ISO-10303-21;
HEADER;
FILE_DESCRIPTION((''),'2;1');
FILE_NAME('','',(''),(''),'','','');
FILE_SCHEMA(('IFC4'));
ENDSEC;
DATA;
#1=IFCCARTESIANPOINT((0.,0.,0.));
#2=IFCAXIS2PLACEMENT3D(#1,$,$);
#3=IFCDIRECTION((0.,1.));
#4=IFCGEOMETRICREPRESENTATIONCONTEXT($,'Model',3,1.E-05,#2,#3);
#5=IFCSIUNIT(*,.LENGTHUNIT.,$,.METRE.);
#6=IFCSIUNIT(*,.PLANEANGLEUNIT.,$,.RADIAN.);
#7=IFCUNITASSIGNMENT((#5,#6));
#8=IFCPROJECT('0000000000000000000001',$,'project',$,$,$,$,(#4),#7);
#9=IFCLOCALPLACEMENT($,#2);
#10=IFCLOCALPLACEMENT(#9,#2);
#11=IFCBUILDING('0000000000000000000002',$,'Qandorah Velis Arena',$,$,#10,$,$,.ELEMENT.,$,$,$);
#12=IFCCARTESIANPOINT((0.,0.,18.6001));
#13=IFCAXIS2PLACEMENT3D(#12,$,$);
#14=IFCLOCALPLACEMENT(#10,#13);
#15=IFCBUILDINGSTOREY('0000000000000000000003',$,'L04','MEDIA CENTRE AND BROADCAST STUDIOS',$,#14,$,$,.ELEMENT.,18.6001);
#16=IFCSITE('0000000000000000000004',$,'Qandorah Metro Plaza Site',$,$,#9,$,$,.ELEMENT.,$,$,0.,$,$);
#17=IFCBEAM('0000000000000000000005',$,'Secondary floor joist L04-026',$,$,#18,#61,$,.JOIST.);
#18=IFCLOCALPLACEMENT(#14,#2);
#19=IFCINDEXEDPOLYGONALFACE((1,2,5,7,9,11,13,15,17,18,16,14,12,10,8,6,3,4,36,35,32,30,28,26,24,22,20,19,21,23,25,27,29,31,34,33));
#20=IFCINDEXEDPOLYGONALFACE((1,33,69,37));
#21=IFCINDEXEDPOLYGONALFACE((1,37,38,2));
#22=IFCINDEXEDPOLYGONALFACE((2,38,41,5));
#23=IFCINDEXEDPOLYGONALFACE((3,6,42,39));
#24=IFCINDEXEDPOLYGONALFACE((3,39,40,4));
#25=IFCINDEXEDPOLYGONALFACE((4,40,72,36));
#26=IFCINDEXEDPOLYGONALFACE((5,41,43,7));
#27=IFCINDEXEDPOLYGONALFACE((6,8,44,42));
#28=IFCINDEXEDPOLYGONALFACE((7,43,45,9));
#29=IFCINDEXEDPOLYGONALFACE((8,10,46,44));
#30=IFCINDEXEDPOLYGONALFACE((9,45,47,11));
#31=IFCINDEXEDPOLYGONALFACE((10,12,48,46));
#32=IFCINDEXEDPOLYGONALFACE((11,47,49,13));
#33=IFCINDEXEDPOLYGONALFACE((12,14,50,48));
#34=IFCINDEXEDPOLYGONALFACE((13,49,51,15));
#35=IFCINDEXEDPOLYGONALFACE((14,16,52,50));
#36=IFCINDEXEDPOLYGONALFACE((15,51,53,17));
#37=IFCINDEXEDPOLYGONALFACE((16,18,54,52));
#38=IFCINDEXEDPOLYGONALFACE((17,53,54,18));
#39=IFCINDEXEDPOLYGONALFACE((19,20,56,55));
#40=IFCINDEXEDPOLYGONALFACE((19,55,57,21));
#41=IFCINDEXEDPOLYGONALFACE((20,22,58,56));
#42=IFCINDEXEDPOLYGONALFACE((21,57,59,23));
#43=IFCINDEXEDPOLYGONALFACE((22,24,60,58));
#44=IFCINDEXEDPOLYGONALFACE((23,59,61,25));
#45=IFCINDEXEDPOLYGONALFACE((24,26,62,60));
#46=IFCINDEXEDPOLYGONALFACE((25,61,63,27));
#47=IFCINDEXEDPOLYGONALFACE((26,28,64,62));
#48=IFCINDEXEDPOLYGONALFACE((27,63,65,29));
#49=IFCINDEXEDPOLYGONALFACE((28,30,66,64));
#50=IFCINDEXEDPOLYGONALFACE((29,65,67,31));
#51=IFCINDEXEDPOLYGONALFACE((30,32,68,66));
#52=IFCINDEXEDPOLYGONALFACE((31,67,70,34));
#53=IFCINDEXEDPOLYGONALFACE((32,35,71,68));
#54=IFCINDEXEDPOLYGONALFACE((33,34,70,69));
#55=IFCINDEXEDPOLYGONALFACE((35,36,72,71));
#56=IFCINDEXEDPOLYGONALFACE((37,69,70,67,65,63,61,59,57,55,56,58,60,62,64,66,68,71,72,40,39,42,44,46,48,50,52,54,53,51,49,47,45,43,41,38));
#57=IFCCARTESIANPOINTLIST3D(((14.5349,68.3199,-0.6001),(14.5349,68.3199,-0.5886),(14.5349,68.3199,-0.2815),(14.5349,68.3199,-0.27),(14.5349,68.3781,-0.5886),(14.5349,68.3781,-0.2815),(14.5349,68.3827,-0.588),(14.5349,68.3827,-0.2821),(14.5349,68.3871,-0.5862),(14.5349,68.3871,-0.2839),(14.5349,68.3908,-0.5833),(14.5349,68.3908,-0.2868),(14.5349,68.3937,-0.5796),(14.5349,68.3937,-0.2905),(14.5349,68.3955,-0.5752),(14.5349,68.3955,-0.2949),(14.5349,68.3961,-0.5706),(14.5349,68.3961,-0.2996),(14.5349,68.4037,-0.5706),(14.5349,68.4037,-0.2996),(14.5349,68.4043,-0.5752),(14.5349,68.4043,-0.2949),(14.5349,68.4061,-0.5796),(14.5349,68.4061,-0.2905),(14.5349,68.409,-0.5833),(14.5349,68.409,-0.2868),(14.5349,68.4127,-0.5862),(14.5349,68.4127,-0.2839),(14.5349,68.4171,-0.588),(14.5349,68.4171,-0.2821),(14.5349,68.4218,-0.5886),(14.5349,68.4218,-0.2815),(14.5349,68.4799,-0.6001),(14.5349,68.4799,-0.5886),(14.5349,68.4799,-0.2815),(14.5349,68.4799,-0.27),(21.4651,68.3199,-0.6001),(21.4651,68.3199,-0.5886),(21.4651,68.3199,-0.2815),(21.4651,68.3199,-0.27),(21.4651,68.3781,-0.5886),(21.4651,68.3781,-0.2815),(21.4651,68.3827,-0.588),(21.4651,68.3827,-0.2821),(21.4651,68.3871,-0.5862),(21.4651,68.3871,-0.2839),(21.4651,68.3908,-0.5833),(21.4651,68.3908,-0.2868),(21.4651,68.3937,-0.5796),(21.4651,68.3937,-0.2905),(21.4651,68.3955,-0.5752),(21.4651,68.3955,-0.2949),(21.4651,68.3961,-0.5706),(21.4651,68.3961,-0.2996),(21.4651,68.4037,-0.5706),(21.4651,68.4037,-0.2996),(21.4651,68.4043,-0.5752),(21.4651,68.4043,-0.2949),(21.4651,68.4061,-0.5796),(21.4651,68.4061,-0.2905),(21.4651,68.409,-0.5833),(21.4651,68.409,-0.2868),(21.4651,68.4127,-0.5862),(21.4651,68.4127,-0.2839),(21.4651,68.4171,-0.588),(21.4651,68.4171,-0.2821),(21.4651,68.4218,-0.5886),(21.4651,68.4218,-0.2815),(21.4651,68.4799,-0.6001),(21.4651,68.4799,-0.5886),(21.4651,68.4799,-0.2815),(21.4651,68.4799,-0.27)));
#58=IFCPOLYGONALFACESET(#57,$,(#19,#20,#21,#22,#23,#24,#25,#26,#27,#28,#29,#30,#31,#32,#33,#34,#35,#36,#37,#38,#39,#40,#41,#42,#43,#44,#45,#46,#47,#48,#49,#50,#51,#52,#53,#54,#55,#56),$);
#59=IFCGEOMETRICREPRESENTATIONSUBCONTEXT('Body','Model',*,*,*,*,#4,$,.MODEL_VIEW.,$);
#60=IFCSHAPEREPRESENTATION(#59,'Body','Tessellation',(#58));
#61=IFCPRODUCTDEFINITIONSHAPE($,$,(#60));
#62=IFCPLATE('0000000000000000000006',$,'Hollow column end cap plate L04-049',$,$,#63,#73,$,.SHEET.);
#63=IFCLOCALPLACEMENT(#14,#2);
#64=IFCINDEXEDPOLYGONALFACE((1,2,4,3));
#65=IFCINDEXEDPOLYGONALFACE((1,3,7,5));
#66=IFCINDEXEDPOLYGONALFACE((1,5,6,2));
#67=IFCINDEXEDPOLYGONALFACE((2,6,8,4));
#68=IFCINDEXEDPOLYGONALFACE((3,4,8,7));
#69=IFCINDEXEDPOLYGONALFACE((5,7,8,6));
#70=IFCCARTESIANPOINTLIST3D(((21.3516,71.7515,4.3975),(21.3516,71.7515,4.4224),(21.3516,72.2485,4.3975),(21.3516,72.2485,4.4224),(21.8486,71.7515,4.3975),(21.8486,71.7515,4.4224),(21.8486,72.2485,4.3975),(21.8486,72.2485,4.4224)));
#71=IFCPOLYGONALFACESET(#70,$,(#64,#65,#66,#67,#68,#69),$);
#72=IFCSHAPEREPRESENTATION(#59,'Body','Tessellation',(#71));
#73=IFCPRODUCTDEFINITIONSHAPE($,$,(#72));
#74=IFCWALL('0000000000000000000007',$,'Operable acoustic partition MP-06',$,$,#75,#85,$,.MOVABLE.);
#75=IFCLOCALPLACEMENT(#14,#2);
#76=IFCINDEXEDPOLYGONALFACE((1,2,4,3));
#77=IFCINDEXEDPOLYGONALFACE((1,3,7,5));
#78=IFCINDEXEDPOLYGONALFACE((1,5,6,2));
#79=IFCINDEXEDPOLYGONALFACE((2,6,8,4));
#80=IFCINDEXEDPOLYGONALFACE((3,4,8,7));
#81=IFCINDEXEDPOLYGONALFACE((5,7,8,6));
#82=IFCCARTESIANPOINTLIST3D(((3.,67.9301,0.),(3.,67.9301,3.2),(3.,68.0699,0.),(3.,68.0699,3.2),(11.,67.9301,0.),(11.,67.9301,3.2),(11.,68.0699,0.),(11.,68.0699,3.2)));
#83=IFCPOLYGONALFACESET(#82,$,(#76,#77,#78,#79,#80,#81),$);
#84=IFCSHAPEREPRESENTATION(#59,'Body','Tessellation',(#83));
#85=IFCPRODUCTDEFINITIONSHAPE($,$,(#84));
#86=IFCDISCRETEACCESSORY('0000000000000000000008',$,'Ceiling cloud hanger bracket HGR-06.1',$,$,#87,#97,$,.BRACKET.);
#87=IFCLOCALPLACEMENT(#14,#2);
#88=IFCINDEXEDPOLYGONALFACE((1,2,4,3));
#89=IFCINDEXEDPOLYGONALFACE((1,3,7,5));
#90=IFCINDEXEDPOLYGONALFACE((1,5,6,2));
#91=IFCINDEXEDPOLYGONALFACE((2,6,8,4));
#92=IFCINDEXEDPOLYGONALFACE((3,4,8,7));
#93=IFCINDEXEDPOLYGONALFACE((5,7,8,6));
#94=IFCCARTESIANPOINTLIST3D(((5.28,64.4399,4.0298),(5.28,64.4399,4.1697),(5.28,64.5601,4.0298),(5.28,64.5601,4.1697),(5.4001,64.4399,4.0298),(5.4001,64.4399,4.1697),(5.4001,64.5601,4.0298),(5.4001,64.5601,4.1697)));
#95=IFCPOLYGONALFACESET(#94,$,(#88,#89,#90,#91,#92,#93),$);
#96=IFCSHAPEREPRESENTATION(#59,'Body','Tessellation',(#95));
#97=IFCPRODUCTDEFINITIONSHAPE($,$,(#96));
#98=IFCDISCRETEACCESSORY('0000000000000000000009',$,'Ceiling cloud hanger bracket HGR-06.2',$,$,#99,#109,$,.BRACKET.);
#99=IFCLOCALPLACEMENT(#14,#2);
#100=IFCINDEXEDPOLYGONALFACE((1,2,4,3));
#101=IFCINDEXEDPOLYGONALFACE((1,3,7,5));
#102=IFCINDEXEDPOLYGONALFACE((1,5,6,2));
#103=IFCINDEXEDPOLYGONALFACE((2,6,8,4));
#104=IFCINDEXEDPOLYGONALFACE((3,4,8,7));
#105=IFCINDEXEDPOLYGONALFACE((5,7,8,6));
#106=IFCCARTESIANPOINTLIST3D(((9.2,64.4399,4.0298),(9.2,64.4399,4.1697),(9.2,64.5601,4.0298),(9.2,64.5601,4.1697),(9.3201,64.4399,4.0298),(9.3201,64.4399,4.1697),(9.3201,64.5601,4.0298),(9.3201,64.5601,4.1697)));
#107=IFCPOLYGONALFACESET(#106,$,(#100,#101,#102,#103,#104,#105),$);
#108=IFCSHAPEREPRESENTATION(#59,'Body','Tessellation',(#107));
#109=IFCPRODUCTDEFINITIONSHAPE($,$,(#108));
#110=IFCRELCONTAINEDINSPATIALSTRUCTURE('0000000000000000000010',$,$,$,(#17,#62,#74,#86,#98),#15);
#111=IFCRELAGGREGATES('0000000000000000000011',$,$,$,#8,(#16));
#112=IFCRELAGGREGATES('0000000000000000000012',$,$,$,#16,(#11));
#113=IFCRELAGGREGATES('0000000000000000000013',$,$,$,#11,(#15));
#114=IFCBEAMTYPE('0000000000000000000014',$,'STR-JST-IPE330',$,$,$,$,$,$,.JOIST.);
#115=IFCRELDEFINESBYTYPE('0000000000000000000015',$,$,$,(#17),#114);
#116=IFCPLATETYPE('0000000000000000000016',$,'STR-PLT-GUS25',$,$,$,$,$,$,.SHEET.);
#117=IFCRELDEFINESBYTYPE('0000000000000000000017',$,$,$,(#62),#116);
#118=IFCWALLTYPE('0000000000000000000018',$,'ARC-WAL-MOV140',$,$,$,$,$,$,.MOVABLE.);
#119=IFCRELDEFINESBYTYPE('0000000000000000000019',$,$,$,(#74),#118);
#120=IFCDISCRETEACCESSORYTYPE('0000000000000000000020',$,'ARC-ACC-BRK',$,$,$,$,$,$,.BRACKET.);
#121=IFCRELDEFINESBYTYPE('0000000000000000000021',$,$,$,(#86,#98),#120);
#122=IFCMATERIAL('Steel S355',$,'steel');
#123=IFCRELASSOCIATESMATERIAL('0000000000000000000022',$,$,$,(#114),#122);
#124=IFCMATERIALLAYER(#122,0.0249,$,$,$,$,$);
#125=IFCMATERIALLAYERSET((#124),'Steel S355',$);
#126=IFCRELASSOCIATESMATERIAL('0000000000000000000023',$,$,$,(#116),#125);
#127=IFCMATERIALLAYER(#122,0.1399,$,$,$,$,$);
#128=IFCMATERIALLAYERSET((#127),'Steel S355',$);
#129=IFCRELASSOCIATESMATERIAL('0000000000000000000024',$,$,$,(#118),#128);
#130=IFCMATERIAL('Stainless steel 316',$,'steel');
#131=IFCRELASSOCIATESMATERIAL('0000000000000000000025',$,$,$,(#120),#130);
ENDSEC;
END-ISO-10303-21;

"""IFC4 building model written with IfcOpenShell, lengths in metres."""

from ifc_helpers import new_model, si_unit, direction, frame, frame_2d, origin, origin_2d, place, context, subcontext, project, spatial, rectangle, i_section, extrude, material, layer, layer_set, material_profile, profile_set, type_object, element, save


model = new_model("IFC4")

# Units and contexts
model_context = context("Model", 3, precision=1e-05, world=origin(), true_north=direction((0.0, 1.0)))
body_context = subcontext(model_context, "Body", "Model", "MODEL_VIEW")
ifc_project = project(units=[si_unit("LENGTHUNIT", "METRE"), si_unit("PLANEANGLEUNIT", "RADIAN")], contexts=[model_context])

# Site, building, storey
site_placement = place(None, origin())
site = spatial("IfcSite", under=ifc_project, at=site_placement, Name="Qandorah Metro Plaza Site", CompositionType="ELEMENT", RefElevation=0.0)
building_placement = place(site_placement, origin())
building = spatial("IfcBuilding", under=site, at=building_placement, Name="Qandorah Velis Arena", CompositionType="ELEMENT")
storey_placement = place(building_placement, frame((0.0, 0.0, 18.6001)))
storey = spatial("IfcBuildingStorey", under=building, at=storey_placement, Name="L04", Description="MEDIA CENTRE AND BROADCAST STUDIOS", CompositionType="ELEMENT", Elevation=18.6001)

# Shared definitions
ifc_material_1 = material(Name="Steel S355", Category="steel")

# Beam
ifc_material_profile_1 = material_profile(ifc_material_1, i_section(OverallWidth=0.1599, OverallDepth=0.3301, WebThickness=0.0076, FlangeThickness=0.0115, FilletRadius=0.0181, at=origin_2d()), Name="IPE 330")
ifc_profile_set_1 = profile_set([ifc_material_profile_1], Name="Steel S355")
beam_type_1 = type_object("IfcBeamType", Name="STR-JST-IPE330", PredefinedType="JOIST", material=ifc_profile_set_1)
beam_1_placement = place(storey_placement, frame((14.5349, 68.3999, -0.4351), z_axis=(1.0, 0.0, 0.0), x_axis=(0.0, 1.0, 0.0)))
element("IfcBeam", 1, at=beam_1_placement, inside=storey, type_object=beam_type_1, Name="Secondary floor joist L04-026", PredefinedType="JOIST", context=body_context, shape_type="SweptSolid", body=[
    extrude(i_section(OverallWidth=0.1599, OverallDepth=0.3301, WebThickness=0.0076, FlangeThickness=0.0115, FilletRadius=0.0181, at=origin_2d()), origin(), (0.0, 0.0, 1.0), 6.9302),
])

# Plate
ifc_layer_1 = layer(ifc_material_1, 0.0249)
ifc_layer_set_1 = layer_set([ifc_layer_1], Name="Steel S355")
plate_type = type_object("IfcPlateType", Name="STR-PLT-GUS25", PredefinedType="SHEET", material=ifc_layer_set_1)
plate_placement = place(storey_placement, frame((21.6001, 72.0, 4.3975), z_axis=(0.0, 0.0, 1.0), x_axis=(1.0, 0.0, 0.0)))
element("IfcPlate", 2, at=plate_placement, inside=storey, type_object=plate_type, Name="Hollow column end cap plate L04-049", PredefinedType="SHEET", context=body_context, shape_type="SweptSolid", body=[
    extrude(rectangle(XDim=0.4971, YDim=0.4971, at=origin_2d()), origin(), (0.0, 0.0, 1.0), 0.0249),
])

# Wall
ifc_layer_2 = layer(ifc_material_1, 0.1399)
ifc_layer_set_2 = layer_set([ifc_layer_2], Name="Steel S355")
wall_type = type_object("IfcWallType", Name="ARC-WAL-MOV140", PredefinedType="MOVABLE", material=ifc_layer_set_2)
wall_placement = place(storey_placement, frame((3.0, 68.0, 0.0), z_axis=(0.0, 0.0, 1.0), x_axis=(1.0, 0.0, 0.0)))
element("IfcWall", 3, at=wall_placement, inside=storey, type_object=wall_type, Name="Operable acoustic partition MP-06", PredefinedType="MOVABLE", context=body_context, shape_type="SweptSolid", body=[
    extrude(rectangle(XDim=8.0, YDim=0.1399, at=frame_2d((4.0, 0.0))), origin(), (0.0, 0.0, 1.0), 3.2),
])

# Discrete accessories
ifc_material_2 = material(Name="Stainless steel 316", Category="steel")
discrete_accessory_type = type_object("IfcDiscreteAccessoryType", Name="ARC-ACC-BRK", PredefinedType="BRACKET", material=ifc_material_2)
for number, where, z_axis, x_axis, name in (
    (4, (5.3401, 64.5, 4.0298), (0.0, 0.0, 1.0), (1.0, 0.0, 0.0), "Ceiling cloud hanger bracket HGR-06.1"),
    (5, (9.26, 64.5, 4.0298), (0.0, 0.0, 1.0), (1.0, 0.0, 0.0), "Ceiling cloud hanger bracket HGR-06.2"),
):
    element("IfcDiscreteAccessory", number, at=place(storey_placement, frame(where, z_axis=z_axis, x_axis=x_axis)), inside=storey, type_object=discrete_accessory_type, Name=name, PredefinedType="BRACKET", context=body_context, shape_type="SweptSolid", body=[
        extrude(rectangle(XDim=0.1201, YDim=0.1201, at=origin_2d()), origin(), (0.0, 0.0, 1.0), 0.1399),
    ])

save(model, "model.ifc")
